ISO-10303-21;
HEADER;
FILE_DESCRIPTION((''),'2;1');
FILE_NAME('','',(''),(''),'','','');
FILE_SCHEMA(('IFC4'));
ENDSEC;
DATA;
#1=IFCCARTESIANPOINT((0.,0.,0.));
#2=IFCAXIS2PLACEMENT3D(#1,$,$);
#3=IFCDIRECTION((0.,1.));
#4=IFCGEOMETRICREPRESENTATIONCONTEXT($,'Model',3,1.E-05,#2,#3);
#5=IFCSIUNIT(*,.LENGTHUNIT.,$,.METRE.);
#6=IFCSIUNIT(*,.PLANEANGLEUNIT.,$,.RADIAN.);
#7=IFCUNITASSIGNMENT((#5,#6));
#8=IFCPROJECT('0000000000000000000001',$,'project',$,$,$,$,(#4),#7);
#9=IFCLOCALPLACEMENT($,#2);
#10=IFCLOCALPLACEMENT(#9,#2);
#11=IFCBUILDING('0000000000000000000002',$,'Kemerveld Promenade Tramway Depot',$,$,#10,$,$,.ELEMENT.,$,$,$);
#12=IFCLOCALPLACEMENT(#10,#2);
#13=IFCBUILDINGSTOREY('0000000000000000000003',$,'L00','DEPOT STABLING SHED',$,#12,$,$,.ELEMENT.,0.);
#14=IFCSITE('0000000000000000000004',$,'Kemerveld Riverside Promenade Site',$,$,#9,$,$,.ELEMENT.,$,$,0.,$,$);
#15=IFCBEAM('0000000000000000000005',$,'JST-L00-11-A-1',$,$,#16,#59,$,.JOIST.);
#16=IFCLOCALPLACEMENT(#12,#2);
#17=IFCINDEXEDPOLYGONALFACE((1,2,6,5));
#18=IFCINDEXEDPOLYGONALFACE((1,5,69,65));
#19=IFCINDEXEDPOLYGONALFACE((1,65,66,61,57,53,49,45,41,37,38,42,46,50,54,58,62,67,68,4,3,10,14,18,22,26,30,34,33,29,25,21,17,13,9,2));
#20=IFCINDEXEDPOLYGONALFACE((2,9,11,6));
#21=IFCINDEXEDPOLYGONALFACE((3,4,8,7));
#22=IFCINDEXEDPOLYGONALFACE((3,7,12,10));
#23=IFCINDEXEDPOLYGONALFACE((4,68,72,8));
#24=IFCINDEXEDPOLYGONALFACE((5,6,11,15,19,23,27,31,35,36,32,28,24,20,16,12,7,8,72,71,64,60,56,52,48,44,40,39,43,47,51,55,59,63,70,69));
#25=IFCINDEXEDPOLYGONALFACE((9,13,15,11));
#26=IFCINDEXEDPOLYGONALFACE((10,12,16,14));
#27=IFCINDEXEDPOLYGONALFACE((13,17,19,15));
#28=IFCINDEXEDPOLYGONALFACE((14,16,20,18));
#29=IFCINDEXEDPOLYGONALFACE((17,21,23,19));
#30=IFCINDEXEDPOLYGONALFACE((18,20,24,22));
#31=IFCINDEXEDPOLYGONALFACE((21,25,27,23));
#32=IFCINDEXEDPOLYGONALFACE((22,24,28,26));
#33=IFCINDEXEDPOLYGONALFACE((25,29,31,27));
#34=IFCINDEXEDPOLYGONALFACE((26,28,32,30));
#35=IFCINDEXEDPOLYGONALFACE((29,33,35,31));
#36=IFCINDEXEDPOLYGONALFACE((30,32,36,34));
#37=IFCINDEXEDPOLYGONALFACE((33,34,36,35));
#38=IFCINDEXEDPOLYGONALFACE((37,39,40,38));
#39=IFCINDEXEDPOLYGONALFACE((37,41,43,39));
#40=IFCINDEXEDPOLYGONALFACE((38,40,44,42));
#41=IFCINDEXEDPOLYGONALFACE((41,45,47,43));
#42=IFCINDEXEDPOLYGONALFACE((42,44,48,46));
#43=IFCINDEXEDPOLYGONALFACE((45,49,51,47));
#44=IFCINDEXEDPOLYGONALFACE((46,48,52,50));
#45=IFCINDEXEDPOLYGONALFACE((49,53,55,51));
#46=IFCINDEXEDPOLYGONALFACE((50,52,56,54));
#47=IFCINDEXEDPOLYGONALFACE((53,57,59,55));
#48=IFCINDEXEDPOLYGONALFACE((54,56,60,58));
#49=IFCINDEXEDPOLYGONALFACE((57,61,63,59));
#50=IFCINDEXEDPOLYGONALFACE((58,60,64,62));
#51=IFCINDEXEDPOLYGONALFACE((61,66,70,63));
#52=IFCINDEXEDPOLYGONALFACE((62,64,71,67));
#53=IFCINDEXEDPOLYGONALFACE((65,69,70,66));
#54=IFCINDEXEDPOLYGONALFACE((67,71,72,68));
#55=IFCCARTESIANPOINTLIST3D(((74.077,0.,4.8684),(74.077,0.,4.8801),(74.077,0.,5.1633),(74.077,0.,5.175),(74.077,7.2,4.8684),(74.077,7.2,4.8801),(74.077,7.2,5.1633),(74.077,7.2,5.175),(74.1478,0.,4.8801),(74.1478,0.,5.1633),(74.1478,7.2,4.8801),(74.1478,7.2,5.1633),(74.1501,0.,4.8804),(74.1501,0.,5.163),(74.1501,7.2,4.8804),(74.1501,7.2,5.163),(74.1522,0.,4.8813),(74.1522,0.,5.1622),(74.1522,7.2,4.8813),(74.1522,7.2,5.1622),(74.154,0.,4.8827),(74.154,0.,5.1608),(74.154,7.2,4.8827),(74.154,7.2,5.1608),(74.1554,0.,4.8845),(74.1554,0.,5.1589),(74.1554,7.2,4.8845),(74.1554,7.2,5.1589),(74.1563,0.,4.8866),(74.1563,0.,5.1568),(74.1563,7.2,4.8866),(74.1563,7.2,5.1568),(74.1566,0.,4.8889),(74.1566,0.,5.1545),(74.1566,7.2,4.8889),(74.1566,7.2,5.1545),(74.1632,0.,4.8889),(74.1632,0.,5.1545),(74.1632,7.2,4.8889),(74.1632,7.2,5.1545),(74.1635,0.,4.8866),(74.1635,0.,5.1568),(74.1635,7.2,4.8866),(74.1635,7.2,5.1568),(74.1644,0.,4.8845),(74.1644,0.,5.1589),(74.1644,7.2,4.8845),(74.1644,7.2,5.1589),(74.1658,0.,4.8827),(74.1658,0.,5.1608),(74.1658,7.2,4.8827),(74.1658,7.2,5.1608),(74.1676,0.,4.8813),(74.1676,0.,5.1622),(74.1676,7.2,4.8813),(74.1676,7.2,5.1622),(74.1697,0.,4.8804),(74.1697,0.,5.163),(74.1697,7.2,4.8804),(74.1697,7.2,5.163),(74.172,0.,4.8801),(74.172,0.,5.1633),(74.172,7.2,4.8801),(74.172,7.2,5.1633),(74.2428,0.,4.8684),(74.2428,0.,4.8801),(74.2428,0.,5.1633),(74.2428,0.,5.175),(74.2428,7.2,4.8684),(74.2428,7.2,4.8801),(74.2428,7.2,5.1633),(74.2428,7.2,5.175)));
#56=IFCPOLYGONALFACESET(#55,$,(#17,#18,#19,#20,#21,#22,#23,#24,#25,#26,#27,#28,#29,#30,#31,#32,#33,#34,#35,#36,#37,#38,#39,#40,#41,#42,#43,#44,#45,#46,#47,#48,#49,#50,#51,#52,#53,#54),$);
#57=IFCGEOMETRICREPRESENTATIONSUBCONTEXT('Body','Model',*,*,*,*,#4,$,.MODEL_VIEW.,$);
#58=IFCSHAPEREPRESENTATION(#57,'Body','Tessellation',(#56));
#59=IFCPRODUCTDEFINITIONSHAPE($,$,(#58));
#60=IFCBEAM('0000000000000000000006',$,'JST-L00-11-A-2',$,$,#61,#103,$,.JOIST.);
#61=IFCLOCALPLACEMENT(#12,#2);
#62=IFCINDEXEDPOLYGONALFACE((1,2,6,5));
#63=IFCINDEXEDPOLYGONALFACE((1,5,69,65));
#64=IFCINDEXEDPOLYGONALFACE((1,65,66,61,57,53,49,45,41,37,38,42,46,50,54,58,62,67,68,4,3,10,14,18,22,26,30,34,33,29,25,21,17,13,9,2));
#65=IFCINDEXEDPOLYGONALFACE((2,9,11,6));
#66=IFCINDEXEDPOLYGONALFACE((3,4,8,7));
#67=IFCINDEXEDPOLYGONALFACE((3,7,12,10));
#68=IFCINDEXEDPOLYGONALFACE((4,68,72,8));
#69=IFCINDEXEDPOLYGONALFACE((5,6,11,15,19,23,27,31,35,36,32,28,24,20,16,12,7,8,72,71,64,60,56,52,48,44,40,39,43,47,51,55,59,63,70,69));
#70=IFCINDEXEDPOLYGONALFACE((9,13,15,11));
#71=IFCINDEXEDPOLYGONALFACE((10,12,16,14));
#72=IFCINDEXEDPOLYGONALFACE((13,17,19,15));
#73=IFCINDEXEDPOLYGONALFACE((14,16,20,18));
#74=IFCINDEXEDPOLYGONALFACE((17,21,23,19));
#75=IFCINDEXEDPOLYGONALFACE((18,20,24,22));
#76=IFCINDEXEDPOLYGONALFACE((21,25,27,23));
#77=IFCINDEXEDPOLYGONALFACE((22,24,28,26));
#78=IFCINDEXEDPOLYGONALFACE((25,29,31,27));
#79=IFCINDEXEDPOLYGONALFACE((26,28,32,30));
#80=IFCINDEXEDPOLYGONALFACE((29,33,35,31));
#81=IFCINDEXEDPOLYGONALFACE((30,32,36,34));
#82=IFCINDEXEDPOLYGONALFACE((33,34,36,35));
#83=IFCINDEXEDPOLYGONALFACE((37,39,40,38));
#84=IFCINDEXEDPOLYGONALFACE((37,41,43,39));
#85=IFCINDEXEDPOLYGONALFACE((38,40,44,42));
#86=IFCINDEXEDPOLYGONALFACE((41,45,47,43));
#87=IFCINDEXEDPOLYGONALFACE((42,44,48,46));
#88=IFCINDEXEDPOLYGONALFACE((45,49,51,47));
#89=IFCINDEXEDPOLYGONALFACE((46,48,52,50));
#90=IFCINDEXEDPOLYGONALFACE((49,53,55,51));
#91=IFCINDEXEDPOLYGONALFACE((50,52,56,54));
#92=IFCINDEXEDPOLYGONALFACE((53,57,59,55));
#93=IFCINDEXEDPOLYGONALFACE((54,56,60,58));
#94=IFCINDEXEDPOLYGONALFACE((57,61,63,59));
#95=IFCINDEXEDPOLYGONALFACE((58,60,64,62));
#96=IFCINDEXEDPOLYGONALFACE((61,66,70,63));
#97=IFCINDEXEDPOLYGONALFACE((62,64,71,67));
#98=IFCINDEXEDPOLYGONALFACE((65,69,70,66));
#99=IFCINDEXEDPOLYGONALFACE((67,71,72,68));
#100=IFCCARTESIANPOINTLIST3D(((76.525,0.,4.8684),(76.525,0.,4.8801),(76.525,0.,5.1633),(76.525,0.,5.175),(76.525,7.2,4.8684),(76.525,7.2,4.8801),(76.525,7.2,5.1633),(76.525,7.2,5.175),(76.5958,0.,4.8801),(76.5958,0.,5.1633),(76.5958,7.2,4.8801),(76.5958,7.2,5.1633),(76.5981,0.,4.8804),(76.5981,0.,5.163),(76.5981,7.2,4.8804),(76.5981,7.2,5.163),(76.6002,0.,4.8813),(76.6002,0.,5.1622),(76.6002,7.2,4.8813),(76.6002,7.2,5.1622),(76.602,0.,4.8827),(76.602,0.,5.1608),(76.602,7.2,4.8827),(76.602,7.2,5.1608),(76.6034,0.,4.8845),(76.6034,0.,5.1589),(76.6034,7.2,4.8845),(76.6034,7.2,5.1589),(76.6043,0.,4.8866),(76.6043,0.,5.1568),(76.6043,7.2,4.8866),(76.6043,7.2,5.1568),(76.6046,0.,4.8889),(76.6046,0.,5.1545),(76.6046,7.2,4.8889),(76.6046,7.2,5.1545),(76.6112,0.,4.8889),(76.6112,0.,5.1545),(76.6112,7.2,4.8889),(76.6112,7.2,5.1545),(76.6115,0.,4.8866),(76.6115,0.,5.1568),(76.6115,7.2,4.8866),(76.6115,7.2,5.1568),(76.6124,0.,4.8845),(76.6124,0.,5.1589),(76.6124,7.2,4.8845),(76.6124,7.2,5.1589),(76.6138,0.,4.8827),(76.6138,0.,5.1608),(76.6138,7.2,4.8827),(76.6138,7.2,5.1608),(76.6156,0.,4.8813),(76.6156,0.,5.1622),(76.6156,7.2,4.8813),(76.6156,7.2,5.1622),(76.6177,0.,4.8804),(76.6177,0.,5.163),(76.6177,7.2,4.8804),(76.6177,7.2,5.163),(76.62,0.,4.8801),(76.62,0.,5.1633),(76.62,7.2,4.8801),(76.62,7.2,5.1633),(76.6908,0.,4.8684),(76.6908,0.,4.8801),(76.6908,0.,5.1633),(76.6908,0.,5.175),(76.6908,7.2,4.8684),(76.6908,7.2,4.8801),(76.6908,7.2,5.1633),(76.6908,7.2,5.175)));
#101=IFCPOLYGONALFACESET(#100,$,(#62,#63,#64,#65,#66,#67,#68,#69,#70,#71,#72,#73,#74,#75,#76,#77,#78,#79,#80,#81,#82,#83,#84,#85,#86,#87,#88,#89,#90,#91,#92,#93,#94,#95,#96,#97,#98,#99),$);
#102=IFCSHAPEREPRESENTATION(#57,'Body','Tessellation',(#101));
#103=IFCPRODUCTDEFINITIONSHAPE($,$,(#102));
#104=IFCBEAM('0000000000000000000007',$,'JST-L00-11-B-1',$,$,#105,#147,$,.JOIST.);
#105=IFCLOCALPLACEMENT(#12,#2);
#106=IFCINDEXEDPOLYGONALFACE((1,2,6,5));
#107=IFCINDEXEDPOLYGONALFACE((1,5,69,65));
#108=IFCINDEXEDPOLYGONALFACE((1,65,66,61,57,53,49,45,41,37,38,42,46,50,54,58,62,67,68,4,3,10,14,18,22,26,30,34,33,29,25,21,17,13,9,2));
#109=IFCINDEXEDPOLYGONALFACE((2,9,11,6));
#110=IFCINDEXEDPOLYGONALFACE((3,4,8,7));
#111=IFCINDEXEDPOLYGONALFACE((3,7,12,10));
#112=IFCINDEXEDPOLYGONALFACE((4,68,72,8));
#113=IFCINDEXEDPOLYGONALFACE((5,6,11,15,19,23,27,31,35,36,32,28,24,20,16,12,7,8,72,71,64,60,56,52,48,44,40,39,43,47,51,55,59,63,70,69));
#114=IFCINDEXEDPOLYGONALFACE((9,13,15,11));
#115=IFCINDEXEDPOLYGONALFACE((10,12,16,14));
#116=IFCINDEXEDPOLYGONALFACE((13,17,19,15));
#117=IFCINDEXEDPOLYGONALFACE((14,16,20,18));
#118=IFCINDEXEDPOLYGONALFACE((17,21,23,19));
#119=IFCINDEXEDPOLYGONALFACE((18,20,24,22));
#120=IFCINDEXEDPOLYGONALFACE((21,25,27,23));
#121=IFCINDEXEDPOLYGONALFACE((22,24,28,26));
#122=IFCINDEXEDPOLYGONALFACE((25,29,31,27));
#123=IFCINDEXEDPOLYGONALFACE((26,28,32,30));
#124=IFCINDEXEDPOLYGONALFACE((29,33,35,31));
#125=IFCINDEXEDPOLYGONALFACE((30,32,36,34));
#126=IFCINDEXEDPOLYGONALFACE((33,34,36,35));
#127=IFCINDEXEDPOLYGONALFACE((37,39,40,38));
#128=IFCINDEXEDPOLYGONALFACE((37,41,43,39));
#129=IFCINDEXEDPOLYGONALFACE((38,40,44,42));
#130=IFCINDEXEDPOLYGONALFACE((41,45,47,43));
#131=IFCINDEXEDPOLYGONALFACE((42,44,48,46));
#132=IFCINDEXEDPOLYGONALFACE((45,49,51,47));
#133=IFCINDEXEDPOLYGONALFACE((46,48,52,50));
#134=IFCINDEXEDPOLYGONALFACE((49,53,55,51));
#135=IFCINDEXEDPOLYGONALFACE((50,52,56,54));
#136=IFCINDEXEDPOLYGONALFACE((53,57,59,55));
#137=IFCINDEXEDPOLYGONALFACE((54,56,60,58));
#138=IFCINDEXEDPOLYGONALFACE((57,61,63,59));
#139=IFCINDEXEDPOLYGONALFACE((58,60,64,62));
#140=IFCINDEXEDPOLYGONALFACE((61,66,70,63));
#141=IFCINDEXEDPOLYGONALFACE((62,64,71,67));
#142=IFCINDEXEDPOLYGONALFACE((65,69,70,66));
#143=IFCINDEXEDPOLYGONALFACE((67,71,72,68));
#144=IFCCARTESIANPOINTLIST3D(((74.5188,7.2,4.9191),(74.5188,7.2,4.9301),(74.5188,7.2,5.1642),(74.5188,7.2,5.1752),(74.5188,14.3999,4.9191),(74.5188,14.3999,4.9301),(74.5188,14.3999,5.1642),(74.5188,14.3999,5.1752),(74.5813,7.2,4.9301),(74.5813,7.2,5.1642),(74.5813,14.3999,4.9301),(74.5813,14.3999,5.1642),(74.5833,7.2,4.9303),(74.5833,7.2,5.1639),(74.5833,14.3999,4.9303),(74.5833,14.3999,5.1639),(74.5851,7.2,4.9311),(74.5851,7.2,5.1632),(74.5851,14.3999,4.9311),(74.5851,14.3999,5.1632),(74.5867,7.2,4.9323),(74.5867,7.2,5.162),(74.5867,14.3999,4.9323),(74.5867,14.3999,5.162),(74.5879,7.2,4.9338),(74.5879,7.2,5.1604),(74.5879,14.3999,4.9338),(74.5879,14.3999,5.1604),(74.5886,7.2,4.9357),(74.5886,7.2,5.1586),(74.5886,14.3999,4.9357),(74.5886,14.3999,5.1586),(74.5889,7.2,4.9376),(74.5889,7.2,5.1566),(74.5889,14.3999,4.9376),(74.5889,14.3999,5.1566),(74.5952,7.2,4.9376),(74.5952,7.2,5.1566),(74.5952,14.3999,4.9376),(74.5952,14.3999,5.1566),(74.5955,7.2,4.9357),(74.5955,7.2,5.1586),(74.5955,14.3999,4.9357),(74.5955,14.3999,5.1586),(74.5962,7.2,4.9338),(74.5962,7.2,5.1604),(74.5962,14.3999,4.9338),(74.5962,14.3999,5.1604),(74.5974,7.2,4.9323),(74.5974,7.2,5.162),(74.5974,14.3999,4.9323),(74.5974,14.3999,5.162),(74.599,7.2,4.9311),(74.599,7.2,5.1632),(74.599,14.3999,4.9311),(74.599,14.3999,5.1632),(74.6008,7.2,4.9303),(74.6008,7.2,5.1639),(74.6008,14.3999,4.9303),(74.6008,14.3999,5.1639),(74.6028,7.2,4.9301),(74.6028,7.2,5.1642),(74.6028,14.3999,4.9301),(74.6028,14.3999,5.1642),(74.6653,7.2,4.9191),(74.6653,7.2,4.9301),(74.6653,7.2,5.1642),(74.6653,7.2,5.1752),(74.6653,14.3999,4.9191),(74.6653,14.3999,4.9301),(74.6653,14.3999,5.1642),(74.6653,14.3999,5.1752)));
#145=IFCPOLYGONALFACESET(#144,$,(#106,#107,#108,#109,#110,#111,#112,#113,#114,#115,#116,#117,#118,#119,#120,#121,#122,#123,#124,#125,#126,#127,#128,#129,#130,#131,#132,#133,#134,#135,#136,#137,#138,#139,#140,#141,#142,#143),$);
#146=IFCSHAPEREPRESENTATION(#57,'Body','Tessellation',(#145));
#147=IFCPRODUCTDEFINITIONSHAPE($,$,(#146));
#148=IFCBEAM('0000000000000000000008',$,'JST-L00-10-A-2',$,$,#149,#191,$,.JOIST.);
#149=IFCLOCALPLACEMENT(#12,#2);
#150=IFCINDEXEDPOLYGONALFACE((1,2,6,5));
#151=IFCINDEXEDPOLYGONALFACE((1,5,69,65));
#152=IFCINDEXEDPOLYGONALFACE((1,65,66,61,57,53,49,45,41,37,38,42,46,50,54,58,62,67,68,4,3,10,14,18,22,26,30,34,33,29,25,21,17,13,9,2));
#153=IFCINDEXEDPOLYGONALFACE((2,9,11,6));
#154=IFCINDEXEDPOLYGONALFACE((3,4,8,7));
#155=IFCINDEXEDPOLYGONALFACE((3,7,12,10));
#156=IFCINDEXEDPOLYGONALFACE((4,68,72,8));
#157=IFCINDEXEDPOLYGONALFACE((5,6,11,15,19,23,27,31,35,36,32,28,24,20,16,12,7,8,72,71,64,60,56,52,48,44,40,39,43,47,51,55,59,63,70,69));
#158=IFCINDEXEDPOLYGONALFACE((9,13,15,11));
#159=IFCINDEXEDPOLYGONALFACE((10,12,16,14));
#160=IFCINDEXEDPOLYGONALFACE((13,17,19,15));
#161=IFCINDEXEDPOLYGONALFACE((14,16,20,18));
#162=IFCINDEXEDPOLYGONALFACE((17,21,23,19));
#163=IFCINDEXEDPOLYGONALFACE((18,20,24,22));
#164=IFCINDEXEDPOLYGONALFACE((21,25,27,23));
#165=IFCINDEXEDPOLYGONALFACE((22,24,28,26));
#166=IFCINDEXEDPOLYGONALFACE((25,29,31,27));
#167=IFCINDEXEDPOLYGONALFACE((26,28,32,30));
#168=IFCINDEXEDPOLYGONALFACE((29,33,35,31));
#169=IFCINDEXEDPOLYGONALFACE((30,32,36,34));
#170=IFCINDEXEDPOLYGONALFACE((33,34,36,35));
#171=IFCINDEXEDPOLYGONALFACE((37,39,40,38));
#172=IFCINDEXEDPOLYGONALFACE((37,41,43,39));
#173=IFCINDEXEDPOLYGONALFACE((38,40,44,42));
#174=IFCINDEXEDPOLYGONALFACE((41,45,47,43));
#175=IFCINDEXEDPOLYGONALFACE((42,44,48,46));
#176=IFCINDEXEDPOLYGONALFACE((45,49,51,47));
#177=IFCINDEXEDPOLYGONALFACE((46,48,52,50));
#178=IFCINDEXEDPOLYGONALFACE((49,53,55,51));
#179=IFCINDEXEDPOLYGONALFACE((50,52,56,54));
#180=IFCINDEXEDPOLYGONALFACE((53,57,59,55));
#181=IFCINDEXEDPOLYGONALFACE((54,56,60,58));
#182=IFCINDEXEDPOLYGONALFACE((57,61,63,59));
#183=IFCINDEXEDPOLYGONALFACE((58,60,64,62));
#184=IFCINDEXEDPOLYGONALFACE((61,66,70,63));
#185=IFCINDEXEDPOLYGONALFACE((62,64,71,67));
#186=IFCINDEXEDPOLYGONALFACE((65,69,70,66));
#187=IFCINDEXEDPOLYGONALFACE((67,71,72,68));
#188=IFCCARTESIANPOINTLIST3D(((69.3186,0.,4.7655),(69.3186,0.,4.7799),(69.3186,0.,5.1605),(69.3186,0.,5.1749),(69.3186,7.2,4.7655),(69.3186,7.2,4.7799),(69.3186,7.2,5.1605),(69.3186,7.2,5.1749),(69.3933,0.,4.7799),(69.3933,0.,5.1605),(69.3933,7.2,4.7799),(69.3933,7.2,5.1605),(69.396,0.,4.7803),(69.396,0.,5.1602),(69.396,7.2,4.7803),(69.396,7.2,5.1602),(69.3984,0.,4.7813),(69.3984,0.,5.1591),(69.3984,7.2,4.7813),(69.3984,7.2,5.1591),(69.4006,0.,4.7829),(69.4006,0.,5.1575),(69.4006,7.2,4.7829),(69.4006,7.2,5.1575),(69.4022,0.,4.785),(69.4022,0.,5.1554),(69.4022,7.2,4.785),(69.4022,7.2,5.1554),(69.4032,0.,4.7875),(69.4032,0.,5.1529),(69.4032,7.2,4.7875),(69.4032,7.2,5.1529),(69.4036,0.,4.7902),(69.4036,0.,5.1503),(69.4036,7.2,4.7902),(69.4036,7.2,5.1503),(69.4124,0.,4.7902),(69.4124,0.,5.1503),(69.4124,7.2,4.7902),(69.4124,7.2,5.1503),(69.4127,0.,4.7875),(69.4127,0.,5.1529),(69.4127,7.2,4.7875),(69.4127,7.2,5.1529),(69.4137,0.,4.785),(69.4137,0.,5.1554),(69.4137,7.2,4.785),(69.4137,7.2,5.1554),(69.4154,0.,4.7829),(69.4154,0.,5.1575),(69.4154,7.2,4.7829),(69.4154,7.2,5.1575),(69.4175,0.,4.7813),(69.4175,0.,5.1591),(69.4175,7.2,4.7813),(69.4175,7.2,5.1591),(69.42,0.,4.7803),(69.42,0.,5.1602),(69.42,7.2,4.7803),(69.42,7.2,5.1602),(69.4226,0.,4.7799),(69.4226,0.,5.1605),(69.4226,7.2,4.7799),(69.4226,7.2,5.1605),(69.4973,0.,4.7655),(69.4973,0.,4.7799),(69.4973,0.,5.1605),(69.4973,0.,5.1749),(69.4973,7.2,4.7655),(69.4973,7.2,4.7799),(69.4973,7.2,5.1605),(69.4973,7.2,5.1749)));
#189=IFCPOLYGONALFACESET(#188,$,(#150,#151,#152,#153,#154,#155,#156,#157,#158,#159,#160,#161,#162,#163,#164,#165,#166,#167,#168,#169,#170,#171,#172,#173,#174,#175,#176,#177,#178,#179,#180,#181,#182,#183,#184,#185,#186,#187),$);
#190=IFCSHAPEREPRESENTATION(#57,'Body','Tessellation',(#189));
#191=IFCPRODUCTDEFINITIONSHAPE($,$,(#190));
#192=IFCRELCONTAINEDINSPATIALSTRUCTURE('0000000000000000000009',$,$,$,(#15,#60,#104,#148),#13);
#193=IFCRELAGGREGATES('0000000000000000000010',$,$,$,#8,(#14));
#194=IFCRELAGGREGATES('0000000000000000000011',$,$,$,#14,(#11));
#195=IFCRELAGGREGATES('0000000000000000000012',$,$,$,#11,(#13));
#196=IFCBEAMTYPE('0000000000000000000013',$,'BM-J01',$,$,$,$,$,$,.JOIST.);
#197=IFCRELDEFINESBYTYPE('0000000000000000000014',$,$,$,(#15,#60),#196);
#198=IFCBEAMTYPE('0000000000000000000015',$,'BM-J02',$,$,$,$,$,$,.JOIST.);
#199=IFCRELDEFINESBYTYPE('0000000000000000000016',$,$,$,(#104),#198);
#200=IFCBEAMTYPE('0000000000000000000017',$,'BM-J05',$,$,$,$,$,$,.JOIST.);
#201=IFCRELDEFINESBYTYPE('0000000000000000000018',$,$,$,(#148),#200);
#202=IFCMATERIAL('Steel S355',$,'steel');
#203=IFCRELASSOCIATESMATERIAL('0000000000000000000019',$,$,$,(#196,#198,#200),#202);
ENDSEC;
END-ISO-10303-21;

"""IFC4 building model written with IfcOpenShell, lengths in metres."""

from ifc_helpers import new_model, si_unit, direction, frame, origin, origin_2d, place, context, subcontext, project, spatial, i_section, extrude, material, material_profile, profile_set, type_object, element, save


model = new_model("IFC4")

# Units and contexts
model_context = context("Model", 3, precision=1e-05, world=origin(), true_north=direction((0.0, 1.0)))
body_context = subcontext(model_context, "Body", "Model", "MODEL_VIEW")
ifc_project = project(units=[si_unit("LENGTHUNIT", "METRE"), si_unit("PLANEANGLEUNIT", "RADIAN")], contexts=[model_context])

# Site, building, storey
site_placement = place(None, origin())
site = spatial("IfcSite", under=ifc_project, at=site_placement, Name="Kemerveld Riverside Promenade Site", CompositionType="ELEMENT", RefElevation=0.0)
building_placement = place(site_placement, origin())
building = spatial("IfcBuilding", under=site, at=building_placement, Name="Kemerveld Promenade Tramway Depot", CompositionType="ELEMENT")
storey_placement = place(building_placement, origin())
storey = spatial("IfcBuildingStorey", under=building, at=storey_placement, Name="L00", Description="DEPOT STABLING SHED", CompositionType="ELEMENT", Elevation=0.0)

# Shared definitions
ifc_material_1 = material(Name="Steel S355", Category="steel")

# Beams
ifc_material_profile_1 = material_profile(ifc_material_1, i_section(OverallWidth=0.1658, OverallDepth=0.3066, WebThickness=0.0066, FlangeThickness=0.0117, FilletRadius=0.0088, at=origin_2d()), Name="305x165x46 UB")
ifc_profile_set_1 = profile_set([ifc_material_profile_1], Name="Steel S355")
beam_type_1 = type_object("IfcBeamType", Name="BM-J01", PredefinedType="JOIST", material=ifc_profile_set_1)
for number, where, z_axis, x_axis, name in (
    (1, (74.1599, 0.0, 5.0217), (0.0, 1.0, 0.0), (-1.0, 0.0, 0.0), "JST-L00-11-A-1"),
    (2, (76.6079, 0.0, 5.0217), (0.0, 1.0, 0.0), (-1.0, 0.0, 0.0), "JST-L00-11-A-2"),
):
    element("IfcBeam", number, at=place(storey_placement, frame(where, z_axis=z_axis, x_axis=x_axis)), inside=storey, type_object=beam_type_1, Name=name, PredefinedType="JOIST", context=body_context, shape_type="SweptSolid", body=[
        extrude(i_section(OverallWidth=0.1658, OverallDepth=0.3066, WebThickness=0.0066, FlangeThickness=0.0117, FilletRadius=0.0088, at=origin_2d()), origin(), (0.0, 0.0, 1.0), 7.2),
    ])
ifc_material_profile_2 = material_profile(ifc_material_1, i_section(OverallWidth=0.1465, OverallDepth=0.2561, WebThickness=0.0063, FlangeThickness=0.011, FilletRadius=0.0076, at=origin_2d()), Name="254x146x37 UB")
ifc_profile_set_2 = profile_set([ifc_material_profile_2], Name="Steel S355")
beam_type_2 = type_object("IfcBeamType", Name="BM-J02", PredefinedType="JOIST", material=ifc_profile_set_2)
beam_1_placement = place(storey_placement, frame((74.592, 7.2, 5.0471), z_axis=(0.0, 1.0, 0.0), x_axis=(-1.0, 0.0, 0.0)))
element("IfcBeam", 3, at=beam_1_placement, inside=storey, type_object=beam_type_2, Name="JST-L00-11-B-1", PredefinedType="JOIST", context=body_context, shape_type="SweptSolid", body=[
    extrude(i_section(OverallWidth=0.1465, OverallDepth=0.2561, WebThickness=0.0063, FlangeThickness=0.011, FilletRadius=0.0076, at=origin_2d()), origin(), (0.0, 0.0, 1.0), 7.2),
])
ifc_material_profile_3 = material_profile(ifc_material_1, i_section(OverallWidth=0.1787, OverallDepth=0.4094, WebThickness=0.0088, FlangeThickness=0.0144, FilletRadius=0.0103, at=origin_2d()), Name="406x178x67 UB")
ifc_profile_set_3 = profile_set([ifc_material_profile_3], Name="Steel S355")
beam_type_3 = type_object("IfcBeamType", Name="BM-J05", PredefinedType="JOIST", material=ifc_profile_set_3)
beam_2_placement = place(storey_placement, frame((69.408, 0.0, 4.9702), z_axis=(0.0, 1.0, 0.0), x_axis=(-1.0, 0.0, 0.0)))
element("IfcBeam", 4, at=beam_2_placement, inside=storey, type_object=beam_type_3, Name="JST-L00-10-A-2", PredefinedType="JOIST", context=body_context, shape_type="SweptSolid", body=[
    extrude(i_section(OverallWidth=0.1787, OverallDepth=0.4094, WebThickness=0.0088, FlangeThickness=0.0144, FilletRadius=0.0103, at=origin_2d()), origin(), (0.0, 0.0, 1.0), 7.2),
])

save(model, "model.ifc")
